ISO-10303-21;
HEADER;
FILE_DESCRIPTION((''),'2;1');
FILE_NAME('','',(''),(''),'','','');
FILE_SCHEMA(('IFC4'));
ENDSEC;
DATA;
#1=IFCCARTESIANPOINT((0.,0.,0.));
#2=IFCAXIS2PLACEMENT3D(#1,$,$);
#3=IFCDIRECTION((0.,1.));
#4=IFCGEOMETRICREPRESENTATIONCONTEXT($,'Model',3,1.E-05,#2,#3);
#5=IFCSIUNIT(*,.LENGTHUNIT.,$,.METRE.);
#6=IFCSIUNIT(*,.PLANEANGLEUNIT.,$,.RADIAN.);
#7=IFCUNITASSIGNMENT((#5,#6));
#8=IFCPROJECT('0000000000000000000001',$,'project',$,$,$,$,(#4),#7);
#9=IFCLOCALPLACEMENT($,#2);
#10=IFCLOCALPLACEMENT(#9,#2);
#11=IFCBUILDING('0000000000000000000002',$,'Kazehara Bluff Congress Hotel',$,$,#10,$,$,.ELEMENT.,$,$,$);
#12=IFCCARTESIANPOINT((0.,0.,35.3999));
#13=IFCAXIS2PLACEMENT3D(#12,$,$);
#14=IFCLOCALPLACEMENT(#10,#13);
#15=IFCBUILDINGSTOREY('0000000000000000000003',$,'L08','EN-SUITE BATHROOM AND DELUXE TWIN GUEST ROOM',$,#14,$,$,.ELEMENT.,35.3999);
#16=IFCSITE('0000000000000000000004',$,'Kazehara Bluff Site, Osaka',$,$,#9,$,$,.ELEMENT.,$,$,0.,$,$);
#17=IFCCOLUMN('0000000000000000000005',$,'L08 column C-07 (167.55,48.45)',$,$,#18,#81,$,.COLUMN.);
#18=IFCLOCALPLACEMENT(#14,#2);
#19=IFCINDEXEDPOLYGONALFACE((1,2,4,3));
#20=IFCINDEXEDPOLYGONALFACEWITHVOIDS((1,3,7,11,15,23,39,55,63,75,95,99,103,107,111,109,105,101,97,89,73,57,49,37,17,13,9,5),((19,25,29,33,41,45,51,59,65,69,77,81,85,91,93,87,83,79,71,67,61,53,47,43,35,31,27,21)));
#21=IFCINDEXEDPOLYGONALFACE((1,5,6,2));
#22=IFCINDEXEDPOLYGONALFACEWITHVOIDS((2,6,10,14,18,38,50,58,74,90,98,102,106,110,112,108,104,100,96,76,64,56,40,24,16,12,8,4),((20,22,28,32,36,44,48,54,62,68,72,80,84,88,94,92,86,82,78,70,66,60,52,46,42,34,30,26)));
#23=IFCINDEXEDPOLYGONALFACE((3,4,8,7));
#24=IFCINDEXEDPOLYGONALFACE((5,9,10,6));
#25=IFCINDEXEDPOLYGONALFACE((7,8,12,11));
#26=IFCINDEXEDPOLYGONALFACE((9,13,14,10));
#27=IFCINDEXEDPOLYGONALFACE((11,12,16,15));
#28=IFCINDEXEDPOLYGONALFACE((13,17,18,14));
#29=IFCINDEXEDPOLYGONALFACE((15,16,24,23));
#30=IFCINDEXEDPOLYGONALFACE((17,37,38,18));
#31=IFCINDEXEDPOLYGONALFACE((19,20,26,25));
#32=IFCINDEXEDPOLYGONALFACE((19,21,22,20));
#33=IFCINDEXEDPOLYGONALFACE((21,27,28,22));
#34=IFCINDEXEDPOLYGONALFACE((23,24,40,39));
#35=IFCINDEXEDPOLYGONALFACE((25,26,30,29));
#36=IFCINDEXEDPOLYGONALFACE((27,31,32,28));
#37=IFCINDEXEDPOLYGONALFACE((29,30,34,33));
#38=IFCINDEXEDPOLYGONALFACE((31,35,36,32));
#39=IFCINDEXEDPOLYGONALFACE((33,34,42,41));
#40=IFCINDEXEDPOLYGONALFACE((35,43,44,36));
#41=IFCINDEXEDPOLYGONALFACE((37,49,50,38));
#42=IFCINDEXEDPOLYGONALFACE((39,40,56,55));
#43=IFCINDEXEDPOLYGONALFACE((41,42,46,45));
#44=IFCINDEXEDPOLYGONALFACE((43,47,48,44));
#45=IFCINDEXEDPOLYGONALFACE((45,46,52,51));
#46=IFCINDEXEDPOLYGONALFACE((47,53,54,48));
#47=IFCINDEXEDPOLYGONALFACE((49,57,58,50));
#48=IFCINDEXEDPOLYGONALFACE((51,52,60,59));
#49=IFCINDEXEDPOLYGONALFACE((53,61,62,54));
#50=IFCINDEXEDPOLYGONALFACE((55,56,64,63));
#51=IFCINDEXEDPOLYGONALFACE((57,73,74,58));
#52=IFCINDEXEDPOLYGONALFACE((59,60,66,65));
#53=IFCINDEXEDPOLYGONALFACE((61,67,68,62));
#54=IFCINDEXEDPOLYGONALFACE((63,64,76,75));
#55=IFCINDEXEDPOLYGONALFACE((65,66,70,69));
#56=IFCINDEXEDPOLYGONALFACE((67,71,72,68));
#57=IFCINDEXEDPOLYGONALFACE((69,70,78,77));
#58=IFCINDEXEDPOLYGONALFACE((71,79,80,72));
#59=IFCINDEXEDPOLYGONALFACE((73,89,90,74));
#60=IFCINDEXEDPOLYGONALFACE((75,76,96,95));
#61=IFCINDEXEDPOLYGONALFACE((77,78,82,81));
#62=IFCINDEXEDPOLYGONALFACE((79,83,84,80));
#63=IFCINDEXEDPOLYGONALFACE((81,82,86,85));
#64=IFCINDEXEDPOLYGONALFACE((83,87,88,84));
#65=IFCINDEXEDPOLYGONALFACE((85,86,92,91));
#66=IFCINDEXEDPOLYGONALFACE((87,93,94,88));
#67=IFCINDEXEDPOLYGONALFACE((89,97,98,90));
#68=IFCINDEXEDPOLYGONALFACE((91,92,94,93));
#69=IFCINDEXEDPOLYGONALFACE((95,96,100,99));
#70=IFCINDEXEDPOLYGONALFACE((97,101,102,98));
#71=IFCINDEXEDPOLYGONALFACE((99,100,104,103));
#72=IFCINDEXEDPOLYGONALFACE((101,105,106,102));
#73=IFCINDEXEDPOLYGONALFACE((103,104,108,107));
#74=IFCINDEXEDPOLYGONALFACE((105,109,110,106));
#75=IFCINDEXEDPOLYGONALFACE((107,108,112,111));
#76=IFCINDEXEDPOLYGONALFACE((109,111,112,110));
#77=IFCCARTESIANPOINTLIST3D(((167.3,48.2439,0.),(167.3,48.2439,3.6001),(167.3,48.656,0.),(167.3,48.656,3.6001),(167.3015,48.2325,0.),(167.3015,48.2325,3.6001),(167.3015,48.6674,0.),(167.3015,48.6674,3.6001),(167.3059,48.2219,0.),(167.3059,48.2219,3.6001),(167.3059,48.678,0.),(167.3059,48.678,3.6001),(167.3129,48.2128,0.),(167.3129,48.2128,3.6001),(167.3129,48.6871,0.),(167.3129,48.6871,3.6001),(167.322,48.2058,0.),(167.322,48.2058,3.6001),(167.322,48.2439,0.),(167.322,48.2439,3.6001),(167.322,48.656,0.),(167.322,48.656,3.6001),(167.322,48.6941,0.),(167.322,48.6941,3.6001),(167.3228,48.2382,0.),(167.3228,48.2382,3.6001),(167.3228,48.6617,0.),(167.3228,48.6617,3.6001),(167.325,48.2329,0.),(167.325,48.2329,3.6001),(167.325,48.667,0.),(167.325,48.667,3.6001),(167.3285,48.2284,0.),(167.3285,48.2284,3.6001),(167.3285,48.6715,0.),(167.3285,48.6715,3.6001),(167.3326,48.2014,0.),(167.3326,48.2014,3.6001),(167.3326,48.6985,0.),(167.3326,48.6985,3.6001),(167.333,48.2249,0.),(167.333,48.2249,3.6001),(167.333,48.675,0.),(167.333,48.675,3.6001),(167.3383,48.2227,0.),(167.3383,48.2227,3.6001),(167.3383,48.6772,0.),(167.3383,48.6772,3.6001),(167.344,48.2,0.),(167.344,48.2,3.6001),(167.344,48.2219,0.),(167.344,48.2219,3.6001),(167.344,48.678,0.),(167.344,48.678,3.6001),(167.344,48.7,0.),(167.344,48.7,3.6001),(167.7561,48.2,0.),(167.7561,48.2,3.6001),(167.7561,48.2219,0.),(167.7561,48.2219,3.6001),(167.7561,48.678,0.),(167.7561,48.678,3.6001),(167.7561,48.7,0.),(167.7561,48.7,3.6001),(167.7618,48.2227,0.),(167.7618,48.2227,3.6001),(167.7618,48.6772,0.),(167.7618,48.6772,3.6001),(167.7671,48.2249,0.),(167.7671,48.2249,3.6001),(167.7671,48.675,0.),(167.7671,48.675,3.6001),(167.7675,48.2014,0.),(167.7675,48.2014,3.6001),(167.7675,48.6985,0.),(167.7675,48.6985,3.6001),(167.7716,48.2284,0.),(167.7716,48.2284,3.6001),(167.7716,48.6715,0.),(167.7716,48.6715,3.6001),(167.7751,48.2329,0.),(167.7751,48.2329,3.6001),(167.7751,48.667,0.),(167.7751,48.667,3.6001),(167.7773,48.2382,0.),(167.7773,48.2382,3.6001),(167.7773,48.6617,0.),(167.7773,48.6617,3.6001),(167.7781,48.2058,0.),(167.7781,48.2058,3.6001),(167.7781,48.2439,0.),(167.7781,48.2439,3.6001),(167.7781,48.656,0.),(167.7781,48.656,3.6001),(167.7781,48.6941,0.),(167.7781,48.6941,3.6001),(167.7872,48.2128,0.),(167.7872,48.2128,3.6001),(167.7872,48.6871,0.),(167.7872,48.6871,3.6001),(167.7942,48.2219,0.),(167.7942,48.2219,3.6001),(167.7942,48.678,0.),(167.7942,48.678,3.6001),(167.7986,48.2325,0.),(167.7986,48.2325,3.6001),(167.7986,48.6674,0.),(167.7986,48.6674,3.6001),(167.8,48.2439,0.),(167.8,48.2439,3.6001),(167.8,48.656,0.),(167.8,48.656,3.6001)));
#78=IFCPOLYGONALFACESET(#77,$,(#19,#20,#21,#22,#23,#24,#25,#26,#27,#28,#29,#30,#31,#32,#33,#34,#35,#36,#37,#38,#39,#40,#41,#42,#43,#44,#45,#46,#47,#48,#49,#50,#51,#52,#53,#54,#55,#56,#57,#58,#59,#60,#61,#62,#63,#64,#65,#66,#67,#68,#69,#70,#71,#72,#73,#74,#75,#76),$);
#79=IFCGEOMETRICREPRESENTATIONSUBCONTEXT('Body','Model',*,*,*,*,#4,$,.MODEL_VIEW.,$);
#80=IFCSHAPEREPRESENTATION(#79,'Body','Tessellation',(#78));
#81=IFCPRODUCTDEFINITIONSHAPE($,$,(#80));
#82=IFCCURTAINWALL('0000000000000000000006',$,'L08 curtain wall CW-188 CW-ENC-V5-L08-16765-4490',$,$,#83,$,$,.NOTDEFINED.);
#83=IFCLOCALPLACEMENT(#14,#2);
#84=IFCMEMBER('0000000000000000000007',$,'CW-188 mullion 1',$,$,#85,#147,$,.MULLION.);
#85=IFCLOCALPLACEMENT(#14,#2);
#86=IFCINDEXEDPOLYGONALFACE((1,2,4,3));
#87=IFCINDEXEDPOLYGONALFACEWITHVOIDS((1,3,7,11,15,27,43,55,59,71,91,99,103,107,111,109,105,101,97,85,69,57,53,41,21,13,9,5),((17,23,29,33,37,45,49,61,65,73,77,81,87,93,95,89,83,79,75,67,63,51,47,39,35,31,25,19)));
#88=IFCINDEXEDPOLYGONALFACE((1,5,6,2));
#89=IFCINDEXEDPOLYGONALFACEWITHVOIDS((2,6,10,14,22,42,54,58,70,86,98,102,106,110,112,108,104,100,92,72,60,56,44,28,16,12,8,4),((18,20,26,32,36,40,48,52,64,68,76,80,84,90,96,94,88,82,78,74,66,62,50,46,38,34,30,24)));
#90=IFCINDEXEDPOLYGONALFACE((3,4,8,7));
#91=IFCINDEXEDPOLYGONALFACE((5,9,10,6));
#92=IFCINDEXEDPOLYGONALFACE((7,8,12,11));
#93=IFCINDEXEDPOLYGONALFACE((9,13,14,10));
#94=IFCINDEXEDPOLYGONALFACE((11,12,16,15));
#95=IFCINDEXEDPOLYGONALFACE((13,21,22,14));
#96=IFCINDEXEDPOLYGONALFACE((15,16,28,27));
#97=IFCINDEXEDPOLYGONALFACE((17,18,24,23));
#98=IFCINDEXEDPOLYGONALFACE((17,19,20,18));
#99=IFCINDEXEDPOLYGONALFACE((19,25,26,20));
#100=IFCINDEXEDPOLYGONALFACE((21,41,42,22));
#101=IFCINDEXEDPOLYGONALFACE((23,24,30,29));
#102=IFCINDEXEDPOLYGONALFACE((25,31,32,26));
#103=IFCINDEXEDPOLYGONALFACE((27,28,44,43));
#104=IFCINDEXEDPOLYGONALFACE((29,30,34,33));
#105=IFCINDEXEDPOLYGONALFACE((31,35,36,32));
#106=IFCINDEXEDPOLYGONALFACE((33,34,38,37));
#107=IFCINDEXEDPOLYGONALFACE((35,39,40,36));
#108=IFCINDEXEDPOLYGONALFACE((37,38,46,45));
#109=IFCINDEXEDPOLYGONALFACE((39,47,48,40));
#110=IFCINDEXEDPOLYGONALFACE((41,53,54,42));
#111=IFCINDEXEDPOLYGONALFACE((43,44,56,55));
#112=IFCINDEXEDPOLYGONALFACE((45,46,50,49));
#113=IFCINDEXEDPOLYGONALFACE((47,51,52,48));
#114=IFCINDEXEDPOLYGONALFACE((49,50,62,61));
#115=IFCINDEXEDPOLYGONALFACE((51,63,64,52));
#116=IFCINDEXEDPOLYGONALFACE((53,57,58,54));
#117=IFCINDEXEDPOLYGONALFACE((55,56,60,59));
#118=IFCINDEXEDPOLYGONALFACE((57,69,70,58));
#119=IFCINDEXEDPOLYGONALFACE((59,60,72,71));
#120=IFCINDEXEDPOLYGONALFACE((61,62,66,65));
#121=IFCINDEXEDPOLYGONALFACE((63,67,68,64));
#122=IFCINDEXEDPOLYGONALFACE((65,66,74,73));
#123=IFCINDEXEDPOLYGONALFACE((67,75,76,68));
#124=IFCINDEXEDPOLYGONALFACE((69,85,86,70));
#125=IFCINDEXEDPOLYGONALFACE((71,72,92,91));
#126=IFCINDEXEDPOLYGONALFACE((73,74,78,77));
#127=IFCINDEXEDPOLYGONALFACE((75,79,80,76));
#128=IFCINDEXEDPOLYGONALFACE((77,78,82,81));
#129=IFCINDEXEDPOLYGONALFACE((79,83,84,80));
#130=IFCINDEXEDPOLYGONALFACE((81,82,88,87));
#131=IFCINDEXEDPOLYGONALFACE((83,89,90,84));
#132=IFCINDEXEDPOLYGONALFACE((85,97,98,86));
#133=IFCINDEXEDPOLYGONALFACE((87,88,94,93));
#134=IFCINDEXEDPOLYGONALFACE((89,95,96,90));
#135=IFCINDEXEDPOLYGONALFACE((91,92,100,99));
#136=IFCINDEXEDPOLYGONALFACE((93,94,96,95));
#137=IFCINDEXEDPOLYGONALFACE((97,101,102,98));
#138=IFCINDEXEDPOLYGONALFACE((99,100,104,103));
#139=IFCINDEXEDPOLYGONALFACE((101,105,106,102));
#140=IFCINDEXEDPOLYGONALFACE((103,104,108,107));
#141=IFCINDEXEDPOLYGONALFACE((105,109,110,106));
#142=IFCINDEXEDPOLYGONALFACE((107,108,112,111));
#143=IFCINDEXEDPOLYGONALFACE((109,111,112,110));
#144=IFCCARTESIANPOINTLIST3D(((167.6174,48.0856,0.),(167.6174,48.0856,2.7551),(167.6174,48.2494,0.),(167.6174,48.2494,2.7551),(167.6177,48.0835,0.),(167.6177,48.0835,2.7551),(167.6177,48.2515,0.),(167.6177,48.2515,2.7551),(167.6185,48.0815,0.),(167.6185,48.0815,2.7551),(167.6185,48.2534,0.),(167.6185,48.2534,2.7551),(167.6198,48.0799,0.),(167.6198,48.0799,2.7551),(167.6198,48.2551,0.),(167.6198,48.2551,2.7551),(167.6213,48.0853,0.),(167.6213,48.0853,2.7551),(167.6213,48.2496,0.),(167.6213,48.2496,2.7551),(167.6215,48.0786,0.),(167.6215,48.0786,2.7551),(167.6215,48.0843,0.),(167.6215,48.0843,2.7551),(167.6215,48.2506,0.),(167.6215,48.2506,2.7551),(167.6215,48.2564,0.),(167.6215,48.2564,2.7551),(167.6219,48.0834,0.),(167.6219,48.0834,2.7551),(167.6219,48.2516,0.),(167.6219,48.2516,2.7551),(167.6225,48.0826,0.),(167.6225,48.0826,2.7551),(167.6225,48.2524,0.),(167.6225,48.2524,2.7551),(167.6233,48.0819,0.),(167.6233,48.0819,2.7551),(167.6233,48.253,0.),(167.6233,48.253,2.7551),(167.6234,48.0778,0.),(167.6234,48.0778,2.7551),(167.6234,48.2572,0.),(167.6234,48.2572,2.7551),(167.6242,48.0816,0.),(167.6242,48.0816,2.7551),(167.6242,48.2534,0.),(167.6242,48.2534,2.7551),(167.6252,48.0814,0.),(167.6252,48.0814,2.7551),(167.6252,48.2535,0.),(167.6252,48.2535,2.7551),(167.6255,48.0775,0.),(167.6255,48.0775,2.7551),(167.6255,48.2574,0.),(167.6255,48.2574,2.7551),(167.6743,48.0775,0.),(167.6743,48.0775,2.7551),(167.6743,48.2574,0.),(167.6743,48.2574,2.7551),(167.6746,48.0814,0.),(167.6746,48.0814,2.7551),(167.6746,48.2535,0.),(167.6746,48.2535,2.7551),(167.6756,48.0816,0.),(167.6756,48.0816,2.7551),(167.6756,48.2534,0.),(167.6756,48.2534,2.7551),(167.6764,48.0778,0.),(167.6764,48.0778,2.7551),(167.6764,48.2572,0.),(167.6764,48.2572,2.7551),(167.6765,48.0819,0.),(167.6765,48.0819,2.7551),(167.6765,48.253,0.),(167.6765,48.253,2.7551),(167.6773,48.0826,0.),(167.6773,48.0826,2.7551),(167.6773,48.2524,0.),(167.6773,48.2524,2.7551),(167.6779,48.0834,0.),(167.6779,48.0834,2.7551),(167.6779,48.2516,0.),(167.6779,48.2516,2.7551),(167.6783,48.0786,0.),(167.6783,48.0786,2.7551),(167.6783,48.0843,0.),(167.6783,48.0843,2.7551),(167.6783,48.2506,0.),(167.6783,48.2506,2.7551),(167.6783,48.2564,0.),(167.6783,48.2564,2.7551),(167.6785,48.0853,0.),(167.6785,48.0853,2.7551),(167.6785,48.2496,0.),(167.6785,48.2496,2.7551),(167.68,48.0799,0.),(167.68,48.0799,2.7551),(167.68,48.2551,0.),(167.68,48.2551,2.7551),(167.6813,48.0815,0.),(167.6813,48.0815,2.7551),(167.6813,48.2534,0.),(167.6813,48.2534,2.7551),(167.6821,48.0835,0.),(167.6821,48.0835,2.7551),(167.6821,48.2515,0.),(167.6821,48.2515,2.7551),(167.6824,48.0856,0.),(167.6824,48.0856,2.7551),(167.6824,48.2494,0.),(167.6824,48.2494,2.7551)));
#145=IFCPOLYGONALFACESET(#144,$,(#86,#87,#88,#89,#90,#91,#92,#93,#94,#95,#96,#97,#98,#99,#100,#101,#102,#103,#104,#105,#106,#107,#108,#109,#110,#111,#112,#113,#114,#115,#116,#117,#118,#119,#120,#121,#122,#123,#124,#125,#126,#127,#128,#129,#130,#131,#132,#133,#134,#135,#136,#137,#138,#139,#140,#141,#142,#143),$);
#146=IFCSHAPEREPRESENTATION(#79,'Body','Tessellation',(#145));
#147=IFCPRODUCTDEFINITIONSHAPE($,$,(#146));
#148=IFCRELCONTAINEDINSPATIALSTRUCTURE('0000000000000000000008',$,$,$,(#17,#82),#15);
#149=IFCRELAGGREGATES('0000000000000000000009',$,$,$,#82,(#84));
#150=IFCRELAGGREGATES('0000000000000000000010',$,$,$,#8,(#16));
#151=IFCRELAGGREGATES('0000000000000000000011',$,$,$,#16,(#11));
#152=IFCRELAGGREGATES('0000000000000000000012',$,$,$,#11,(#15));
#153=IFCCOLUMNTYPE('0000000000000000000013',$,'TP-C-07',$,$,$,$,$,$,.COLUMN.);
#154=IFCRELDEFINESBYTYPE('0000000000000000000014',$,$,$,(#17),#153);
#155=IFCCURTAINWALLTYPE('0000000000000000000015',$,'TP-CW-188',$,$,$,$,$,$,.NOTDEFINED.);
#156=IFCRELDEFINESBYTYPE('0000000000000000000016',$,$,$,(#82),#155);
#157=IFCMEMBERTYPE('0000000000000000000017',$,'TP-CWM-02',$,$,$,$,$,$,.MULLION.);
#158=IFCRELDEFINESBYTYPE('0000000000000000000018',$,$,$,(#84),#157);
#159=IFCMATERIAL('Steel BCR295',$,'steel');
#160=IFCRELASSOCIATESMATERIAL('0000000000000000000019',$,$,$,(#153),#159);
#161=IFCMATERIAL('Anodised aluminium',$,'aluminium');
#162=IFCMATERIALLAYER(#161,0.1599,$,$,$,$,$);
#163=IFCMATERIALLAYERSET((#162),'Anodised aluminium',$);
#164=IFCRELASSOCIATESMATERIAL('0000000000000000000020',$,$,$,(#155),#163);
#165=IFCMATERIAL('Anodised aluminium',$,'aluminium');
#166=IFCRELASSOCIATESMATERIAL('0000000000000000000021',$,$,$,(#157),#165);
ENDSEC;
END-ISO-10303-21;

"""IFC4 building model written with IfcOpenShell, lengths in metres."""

from ifc_helpers import new_model, si_unit, direction, frame, origin, origin_2d, place, context, subcontext, project, spatial, hollow_rectangle, extrude, material, layer, layer_set, material_profile, profile_set, type_object, element, aggregate, save


model = new_model("IFC4")

# Units and contexts
model_context = context("Model", 3, precision=1e-05, world=origin(), true_north=direction((0.0, 1.0)))
body_context = subcontext(model_context, "Body", "Model", "MODEL_VIEW")
ifc_project = project(units=[si_unit("LENGTHUNIT", "METRE"), si_unit("PLANEANGLEUNIT", "RADIAN")], contexts=[model_context])

# Site, building, storey
site_placement = place(None, origin())
site = spatial("IfcSite", under=ifc_project, at=site_placement, Name="Kazehara Bluff Site, Osaka", CompositionType="ELEMENT", RefElevation=0.0)
building_placement = place(site_placement, origin())
building = spatial("IfcBuilding", under=site, at=building_placement, Name="Kazehara Bluff Congress Hotel", CompositionType="ELEMENT")
storey_placement = place(building_placement, frame((0.0, 0.0, 35.3999)))
storey = spatial("IfcBuildingStorey", under=building, at=storey_placement, Name="L08", Description="EN-SUITE BATHROOM AND DELUXE TWIN GUEST ROOM", CompositionType="ELEMENT", Elevation=35.3999)

# Column
ifc_material_1 = material(Name="Steel BCR295", Category="steel")
ifc_material_profile_1 = material_profile(ifc_material_1, hollow_rectangle(XDim=0.5, YDim=0.5, WallThickness=0.022, InnerFilletRadius=0.022, OuterFilletRadius=0.0439, at=origin_2d()))
ifc_profile_set_1 = profile_set([ifc_material_profile_1], Name="Steel BCR295")
column_type = type_object("IfcColumnType", Name="TP-C-07", PredefinedType="COLUMN", material=ifc_profile_set_1)
column_placement = place(storey_placement, frame((167.55, 48.45, 0.0), z_axis=(0.0, 0.0, 1.0), x_axis=(1.0, 0.0, 0.0)))
element("IfcColumn", 1, at=column_placement, inside=storey, type_object=column_type, Name="L08 column C-07 (167.55,48.45)", PredefinedType="COLUMN", context=body_context, shape_type="SweptSolid", body=[
    extrude(hollow_rectangle(XDim=0.5, YDim=0.5, WallThickness=0.022, InnerFilletRadius=0.022, OuterFilletRadius=0.0439, at=origin_2d()), origin(), (0.0, 0.0, 1.0), 3.6001),
])

# Curtain wall, member
ifc_material_2 = material(Name="Anodised aluminium", Category="aluminium")
ifc_layer_1 = layer(ifc_material_2, 0.1599)
ifc_layer_set_1 = layer_set([ifc_layer_1], Name="Anodised aluminium")
curtain_wall_type = type_object("IfcCurtainWallType", Name="TP-CW-188", PredefinedType="NOTDEFINED", material=ifc_layer_set_1)
curtain_wall_placement = place(storey_placement, origin())
curtain_wall = element("IfcCurtainWall", 2, at=curtain_wall_placement, inside=storey, type_object=curtain_wall_type, Name="L08 curtain wall CW-188 CW-ENC-V5-L08-16765-4490", PredefinedType="NOTDEFINED")
ifc_material_3 = material(Name="Anodised aluminium", Category="aluminium")
ifc_material_profile_2 = material_profile(ifc_material_3, hollow_rectangle(XDim=0.0649, YDim=0.1799, WallThickness=0.0039, InnerFilletRadius=0.0039, OuterFilletRadius=0.0081, at=origin_2d()))
ifc_profile_set_2 = profile_set([ifc_material_profile_2], Name="Anodised aluminium")
member_type_1 = type_object("IfcMemberType", Name="TP-CWM-02", PredefinedType="MULLION", material=ifc_profile_set_2)
member_1_placement = place(storey_placement, frame((167.6499, 48.1675, 0.0), z_axis=(0.0, 0.0, 1.0), x_axis=(1.0, 0.0, 0.0)))
member_1 = element("IfcMember", 3, at=member_1_placement, type_object=member_type_1, Name="CW-188 mullion 1", PredefinedType="MULLION", context=body_context, shape_type="SweptSolid", body=[
    extrude(hollow_rectangle(XDim=0.0649, YDim=0.1799, WallThickness=0.0039, InnerFilletRadius=0.0039, OuterFilletRadius=0.0081, at=origin_2d()), origin(), (0.0, 0.0, 1.0), 2.7551),
])
aggregate(curtain_wall, [member_1])

save(model, "model.ifc")
